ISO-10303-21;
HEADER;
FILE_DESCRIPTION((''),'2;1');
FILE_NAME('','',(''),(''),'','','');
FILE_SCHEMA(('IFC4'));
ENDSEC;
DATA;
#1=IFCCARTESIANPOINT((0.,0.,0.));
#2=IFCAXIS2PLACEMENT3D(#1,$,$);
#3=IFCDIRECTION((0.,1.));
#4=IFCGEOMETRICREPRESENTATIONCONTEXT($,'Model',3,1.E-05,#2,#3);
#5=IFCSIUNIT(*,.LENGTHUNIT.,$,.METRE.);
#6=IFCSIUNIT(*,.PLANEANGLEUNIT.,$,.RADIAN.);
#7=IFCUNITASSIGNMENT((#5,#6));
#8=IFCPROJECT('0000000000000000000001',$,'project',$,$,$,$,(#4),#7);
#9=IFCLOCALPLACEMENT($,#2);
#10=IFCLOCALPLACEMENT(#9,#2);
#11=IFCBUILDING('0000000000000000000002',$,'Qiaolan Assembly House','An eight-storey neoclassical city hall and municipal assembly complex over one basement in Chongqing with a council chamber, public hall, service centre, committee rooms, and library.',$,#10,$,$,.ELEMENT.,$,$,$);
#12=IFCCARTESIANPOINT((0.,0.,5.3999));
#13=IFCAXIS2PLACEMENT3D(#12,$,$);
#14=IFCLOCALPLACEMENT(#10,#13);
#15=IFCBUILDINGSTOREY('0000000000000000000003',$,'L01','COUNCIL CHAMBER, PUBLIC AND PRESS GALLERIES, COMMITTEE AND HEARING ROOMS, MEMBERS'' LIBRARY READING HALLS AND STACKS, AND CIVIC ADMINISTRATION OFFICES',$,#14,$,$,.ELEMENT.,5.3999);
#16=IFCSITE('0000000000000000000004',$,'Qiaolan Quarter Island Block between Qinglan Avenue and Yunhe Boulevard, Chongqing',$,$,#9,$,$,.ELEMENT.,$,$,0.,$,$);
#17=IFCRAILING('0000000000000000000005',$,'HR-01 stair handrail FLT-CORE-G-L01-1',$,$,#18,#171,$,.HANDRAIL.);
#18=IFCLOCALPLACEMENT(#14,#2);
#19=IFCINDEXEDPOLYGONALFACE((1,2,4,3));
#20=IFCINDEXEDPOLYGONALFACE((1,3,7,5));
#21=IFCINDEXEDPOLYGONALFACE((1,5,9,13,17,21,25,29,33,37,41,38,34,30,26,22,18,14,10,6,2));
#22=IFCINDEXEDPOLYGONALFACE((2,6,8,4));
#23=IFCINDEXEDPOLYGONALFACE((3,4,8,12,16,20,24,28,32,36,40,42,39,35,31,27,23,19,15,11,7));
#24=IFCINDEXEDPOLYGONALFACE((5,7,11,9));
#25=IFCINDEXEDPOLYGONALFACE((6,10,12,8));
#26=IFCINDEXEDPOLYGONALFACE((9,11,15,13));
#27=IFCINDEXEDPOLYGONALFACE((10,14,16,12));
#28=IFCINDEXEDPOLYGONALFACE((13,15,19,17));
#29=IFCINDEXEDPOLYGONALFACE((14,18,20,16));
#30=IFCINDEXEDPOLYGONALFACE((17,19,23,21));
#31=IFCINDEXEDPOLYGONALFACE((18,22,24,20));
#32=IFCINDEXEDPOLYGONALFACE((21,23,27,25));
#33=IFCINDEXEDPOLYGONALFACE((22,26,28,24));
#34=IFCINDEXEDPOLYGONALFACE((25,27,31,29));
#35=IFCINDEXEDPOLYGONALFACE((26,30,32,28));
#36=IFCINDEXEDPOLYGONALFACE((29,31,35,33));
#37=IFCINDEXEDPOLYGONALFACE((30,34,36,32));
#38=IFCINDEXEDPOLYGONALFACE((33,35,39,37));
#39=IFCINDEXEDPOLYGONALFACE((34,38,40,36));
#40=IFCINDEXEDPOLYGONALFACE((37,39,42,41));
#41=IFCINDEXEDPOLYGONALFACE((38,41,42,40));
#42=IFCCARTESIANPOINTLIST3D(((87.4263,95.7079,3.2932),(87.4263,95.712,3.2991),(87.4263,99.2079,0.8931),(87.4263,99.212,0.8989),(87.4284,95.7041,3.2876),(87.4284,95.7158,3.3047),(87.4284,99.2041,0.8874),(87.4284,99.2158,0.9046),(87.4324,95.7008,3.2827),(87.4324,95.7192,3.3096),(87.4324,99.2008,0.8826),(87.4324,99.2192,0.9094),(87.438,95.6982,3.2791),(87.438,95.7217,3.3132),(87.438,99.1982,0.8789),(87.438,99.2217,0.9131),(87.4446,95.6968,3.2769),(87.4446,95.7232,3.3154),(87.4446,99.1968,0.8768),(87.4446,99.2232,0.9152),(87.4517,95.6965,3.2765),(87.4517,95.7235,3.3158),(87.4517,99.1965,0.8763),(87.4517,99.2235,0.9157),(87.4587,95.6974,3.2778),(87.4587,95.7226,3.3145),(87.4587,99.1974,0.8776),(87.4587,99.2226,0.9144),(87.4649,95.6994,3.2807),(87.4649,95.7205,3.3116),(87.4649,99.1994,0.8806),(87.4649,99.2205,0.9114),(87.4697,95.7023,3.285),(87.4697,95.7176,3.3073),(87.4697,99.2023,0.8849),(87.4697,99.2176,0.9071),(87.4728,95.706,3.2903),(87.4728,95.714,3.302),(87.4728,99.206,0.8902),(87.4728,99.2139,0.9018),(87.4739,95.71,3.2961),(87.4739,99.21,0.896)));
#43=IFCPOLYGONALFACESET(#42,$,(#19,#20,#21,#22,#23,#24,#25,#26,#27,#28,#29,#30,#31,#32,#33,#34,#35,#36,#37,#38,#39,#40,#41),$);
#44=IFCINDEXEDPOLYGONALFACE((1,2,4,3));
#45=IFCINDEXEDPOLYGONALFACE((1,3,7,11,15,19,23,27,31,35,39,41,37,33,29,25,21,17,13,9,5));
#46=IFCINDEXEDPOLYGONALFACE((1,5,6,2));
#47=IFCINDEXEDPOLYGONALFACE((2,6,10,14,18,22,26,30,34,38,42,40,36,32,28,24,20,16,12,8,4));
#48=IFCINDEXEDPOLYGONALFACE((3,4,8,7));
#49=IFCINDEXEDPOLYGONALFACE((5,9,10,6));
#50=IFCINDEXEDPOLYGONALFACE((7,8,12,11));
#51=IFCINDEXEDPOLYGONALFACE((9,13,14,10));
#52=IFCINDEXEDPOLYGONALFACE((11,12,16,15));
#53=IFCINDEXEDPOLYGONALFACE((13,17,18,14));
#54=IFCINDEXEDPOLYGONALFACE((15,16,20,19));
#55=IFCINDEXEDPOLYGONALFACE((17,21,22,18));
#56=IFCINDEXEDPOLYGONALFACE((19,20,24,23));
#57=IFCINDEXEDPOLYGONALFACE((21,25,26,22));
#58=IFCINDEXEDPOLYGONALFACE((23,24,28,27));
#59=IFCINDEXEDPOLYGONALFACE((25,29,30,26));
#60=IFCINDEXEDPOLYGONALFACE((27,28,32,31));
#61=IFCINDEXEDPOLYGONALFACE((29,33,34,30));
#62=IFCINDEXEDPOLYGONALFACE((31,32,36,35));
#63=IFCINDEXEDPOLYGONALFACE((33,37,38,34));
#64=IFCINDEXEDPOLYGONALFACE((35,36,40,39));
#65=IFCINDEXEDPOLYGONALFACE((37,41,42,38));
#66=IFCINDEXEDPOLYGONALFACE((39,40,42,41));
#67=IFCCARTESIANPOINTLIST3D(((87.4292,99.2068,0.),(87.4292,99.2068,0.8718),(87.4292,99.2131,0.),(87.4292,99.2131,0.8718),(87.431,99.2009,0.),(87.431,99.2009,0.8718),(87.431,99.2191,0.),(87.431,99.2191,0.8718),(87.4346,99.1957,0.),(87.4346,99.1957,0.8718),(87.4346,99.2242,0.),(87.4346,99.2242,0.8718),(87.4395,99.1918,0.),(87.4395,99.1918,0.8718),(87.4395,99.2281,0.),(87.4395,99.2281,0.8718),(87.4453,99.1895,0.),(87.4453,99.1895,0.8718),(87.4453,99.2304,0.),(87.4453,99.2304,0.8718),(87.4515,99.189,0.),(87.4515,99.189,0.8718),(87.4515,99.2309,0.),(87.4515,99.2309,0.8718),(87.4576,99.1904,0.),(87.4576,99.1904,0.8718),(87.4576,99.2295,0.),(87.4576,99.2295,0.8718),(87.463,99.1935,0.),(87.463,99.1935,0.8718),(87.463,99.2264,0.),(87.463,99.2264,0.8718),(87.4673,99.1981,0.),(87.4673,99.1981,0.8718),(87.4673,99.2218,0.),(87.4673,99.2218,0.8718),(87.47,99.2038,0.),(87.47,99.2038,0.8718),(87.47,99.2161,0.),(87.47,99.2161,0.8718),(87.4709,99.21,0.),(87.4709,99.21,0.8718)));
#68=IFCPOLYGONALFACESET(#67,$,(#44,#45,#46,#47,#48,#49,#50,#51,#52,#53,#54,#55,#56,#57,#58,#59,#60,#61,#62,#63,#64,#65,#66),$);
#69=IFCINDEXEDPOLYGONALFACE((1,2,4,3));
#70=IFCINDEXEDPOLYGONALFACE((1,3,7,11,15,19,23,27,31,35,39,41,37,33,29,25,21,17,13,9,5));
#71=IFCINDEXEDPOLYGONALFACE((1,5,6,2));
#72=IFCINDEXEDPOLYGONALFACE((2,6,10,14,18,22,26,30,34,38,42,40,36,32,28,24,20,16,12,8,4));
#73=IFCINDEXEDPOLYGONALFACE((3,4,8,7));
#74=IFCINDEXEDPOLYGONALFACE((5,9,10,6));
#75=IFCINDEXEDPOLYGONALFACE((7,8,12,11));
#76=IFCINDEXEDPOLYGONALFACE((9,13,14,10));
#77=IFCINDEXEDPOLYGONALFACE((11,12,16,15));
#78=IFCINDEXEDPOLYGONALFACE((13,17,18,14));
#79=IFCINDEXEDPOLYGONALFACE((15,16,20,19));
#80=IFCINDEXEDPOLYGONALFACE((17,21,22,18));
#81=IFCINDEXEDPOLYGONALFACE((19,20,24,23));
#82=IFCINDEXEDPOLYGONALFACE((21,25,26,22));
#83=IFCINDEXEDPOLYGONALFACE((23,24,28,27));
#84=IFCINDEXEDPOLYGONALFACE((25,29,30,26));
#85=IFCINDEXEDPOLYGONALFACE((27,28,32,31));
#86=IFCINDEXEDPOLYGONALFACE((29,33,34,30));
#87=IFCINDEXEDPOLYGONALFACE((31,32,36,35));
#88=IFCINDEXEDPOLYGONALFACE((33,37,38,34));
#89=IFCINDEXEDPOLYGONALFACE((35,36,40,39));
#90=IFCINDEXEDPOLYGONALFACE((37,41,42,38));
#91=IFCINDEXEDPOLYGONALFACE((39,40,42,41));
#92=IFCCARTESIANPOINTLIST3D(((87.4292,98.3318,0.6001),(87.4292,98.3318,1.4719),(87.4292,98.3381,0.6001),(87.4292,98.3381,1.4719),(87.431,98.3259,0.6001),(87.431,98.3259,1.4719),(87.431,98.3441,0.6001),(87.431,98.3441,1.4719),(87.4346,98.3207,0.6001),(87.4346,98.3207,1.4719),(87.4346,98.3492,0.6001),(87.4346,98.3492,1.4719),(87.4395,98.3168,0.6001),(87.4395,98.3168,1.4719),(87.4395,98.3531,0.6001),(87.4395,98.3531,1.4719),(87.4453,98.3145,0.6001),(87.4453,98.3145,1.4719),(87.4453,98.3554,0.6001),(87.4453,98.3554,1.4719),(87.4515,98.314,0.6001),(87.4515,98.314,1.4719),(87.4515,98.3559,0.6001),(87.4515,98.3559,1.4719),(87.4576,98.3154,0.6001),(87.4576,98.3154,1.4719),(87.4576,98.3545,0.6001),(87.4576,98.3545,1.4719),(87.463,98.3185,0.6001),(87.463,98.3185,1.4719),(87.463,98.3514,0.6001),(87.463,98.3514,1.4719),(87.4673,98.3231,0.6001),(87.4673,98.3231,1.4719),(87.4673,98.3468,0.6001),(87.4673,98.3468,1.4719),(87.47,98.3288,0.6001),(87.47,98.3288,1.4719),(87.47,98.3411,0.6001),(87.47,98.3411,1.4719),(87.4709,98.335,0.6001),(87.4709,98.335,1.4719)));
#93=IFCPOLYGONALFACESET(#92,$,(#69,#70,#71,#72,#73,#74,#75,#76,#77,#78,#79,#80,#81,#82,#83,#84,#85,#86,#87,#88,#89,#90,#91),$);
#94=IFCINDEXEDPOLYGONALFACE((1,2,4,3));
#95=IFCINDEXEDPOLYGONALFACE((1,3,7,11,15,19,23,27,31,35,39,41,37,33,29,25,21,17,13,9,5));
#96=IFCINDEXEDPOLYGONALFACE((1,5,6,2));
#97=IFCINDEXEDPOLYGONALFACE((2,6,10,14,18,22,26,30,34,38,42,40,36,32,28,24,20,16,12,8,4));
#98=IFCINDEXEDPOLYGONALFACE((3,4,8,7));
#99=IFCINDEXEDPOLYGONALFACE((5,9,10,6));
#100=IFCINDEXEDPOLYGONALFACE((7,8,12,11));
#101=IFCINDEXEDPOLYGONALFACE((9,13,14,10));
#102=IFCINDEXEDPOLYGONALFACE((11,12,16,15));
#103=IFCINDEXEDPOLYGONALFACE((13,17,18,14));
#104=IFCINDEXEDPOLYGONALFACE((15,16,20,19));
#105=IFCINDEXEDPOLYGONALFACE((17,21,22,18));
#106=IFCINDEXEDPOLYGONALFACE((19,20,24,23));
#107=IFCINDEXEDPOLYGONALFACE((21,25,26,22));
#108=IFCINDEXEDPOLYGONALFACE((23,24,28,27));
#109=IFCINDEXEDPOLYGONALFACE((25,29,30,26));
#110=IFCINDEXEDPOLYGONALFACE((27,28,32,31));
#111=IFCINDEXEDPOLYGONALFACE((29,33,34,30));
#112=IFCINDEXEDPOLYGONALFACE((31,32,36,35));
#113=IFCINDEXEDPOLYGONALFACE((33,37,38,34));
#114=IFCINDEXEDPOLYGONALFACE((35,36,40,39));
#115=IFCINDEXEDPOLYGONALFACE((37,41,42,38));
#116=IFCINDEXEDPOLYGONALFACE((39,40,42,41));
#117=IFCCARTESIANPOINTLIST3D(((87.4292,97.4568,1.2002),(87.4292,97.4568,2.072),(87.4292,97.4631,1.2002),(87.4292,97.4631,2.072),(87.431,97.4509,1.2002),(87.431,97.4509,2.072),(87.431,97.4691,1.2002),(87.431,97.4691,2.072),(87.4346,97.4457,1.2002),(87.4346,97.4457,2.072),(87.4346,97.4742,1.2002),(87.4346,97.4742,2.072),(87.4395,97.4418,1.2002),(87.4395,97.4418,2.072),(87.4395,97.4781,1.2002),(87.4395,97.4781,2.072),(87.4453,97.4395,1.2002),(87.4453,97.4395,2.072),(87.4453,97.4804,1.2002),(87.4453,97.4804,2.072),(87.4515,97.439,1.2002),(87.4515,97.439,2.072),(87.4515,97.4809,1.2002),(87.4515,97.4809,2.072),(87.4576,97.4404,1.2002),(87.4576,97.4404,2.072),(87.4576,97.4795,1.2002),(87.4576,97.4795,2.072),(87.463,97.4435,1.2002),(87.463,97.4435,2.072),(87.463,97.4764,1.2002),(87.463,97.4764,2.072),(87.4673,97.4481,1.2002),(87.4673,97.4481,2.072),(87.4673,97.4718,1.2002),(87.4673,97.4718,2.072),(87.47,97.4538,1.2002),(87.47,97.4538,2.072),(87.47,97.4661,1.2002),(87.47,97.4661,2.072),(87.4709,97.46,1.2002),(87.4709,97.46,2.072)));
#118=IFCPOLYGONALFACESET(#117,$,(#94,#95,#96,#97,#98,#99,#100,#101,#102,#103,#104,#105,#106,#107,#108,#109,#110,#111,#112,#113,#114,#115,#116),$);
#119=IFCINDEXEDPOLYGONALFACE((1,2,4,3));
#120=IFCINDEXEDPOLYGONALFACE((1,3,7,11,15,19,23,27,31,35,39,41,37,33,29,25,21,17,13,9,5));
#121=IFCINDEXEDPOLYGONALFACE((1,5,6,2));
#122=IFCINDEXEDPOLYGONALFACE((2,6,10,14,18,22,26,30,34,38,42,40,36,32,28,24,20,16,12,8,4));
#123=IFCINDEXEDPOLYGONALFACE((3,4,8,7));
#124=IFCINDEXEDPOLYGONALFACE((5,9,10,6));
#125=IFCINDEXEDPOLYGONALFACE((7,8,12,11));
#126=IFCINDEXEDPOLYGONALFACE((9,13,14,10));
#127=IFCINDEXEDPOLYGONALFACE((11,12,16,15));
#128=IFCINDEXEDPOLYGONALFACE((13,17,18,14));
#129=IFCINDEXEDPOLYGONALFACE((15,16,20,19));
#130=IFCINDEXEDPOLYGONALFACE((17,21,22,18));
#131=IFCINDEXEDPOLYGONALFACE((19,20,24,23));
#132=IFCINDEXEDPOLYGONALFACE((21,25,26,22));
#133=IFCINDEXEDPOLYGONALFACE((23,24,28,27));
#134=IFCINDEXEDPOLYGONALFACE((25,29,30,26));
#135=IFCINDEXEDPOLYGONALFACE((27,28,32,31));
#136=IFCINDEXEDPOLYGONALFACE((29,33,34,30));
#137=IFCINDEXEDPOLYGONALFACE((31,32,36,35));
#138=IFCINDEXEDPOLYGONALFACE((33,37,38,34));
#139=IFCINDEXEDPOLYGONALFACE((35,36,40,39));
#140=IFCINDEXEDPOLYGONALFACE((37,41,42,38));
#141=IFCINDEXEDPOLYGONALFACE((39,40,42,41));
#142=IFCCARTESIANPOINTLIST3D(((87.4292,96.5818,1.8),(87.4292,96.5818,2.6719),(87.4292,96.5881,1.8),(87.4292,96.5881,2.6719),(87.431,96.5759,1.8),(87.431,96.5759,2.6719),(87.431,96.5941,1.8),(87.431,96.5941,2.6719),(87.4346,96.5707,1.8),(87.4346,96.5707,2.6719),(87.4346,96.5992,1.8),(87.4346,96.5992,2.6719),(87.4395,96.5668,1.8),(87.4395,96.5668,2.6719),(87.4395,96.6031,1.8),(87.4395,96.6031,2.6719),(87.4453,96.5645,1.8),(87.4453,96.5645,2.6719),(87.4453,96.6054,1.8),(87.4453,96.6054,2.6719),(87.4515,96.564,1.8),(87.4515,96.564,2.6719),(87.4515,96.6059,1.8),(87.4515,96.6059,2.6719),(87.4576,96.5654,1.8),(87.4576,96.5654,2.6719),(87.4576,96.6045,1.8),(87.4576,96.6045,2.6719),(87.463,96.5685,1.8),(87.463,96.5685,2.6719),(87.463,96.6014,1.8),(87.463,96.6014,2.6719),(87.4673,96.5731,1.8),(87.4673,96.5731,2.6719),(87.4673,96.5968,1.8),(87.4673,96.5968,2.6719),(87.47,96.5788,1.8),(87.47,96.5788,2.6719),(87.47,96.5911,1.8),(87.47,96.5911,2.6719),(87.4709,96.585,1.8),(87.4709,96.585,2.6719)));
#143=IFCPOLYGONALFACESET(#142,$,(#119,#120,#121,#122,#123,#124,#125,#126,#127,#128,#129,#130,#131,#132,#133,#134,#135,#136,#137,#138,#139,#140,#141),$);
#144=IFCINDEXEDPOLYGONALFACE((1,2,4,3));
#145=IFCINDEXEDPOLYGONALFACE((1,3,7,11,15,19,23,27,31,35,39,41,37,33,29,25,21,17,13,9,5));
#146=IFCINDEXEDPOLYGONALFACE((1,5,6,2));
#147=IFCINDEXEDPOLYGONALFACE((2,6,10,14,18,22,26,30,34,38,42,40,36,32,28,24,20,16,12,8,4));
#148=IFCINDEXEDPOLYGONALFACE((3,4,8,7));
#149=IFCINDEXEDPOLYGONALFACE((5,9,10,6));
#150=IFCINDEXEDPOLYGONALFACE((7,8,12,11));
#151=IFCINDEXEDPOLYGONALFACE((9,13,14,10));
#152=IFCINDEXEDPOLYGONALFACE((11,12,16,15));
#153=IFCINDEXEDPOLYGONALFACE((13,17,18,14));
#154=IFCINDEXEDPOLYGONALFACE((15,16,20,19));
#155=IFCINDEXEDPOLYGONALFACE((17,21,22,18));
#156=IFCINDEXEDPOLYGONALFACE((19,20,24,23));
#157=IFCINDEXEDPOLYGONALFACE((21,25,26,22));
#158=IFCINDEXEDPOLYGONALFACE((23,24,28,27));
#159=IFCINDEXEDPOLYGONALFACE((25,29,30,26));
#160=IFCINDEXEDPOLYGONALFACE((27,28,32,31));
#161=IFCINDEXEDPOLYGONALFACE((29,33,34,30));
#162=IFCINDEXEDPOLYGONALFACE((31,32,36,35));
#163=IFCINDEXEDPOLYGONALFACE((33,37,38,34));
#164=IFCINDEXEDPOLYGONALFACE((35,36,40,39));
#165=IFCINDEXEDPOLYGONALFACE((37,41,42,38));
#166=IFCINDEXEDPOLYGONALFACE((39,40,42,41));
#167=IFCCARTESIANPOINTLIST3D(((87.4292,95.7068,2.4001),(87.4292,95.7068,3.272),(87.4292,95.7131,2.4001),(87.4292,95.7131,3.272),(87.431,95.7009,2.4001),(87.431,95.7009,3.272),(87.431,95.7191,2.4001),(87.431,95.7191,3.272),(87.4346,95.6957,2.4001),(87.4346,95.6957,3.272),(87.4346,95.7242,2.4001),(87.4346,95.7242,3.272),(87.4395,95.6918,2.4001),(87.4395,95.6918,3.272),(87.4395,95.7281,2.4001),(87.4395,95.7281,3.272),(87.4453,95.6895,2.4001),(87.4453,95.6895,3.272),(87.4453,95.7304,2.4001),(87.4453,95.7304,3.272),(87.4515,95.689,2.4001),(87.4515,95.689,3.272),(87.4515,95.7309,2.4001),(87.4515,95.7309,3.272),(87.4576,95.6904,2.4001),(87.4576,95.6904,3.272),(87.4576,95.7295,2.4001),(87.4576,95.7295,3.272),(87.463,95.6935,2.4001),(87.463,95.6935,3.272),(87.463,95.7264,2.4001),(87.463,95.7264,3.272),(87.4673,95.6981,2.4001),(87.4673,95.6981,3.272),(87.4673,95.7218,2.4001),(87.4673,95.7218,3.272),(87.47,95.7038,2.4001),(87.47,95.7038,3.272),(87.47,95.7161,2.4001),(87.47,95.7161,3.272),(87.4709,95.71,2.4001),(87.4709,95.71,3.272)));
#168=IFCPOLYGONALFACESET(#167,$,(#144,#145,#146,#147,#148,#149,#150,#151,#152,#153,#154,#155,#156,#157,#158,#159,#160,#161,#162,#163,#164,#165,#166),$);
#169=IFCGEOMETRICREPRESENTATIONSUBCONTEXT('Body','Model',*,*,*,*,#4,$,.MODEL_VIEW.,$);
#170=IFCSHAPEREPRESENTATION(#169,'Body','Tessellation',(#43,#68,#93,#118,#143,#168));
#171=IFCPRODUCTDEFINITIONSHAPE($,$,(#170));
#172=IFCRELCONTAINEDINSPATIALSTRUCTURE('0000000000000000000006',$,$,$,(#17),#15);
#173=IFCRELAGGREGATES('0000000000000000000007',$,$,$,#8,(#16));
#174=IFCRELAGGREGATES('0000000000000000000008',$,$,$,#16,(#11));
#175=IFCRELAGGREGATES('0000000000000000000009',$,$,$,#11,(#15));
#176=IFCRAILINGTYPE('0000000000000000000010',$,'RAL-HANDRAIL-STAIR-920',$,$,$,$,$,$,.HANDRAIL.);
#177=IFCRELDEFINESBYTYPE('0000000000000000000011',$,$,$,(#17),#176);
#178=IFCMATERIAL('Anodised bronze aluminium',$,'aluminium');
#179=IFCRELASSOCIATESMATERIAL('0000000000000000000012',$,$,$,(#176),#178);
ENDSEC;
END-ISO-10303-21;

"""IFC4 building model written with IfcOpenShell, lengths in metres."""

from ifc_helpers import new_model, si_unit, direction, frame, origin, origin_2d, place, context, subcontext, project, spatial, circle, extrude, material, type_object, element, save


model = new_model("IFC4")

# Units and contexts
model_context = context("Model", 3, precision=1e-05, world=origin(), true_north=direction((0.0, 1.0)))
body_context = subcontext(model_context, "Body", "Model", "MODEL_VIEW")
ifc_project = project(units=[si_unit("LENGTHUNIT", "METRE"), si_unit("PLANEANGLEUNIT", "RADIAN")], contexts=[model_context])

# Site, building, storey
site_placement = place(None, origin())
site = spatial("IfcSite", under=ifc_project, at=site_placement, Name="Qiaolan Quarter Island Block between Qinglan Avenue and Yunhe Boulevard, Chongqing", CompositionType="ELEMENT", RefElevation=0.0)
building_placement = place(site_placement, origin())
building = spatial("IfcBuilding", under=site, at=building_placement, Name="Qiaolan Assembly House", Description="An eight-storey neoclassical city hall and municipal assembly complex over one basement in Chongqing with a council chamber, public hall, service centre, committee rooms, and library.", CompositionType="ELEMENT")
storey_placement = place(building_placement, frame((0.0, 0.0, 5.3999)))
storey = spatial("IfcBuildingStorey", under=building, at=storey_placement, Name="L01", Description="COUNCIL CHAMBER, PUBLIC AND PRESS GALLERIES, COMMITTEE AND HEARING ROOMS, MEMBERS' LIBRARY READING HALLS AND STACKS, AND CIVIC ADMINISTRATION OFFICES", CompositionType="ELEMENT", Elevation=5.3999)

# Railing
ifc_material_1 = material(Name="Anodised bronze aluminium", Category="aluminium")
railing_type = type_object("IfcRailingType", Name="RAL-HANDRAIL-STAIR-920", PredefinedType="HANDRAIL", material=ifc_material_1)
railing_placement = place(storey_placement, frame((87.45, 99.21, 0.0)))
element("IfcRailing", 1, at=railing_placement, inside=storey, type_object=railing_type, Name="HR-01 stair handrail FLT-CORE-G-L01-1", PredefinedType="HANDRAIL", context=body_context, shape_type="SweptSolid", body=[
    extrude(circle(Radius=0.0239, at=origin_2d()), frame((0.0, 0.0, 0.896), z_axis=(0.0, -0.824713, 0.565552), x_axis=(1.0, 0.0, 0.0)), (0.0, 0.0, 1.0), 4.2439),
    extrude(circle(Radius=0.021, at=origin_2d()), origin(), (0.0, 0.0, 1.0), 0.8718),
    extrude(circle(Radius=0.021, at=origin_2d()), frame((0.0, -0.875, 0.6001)), (0.0, 0.0, 1.0), 0.8718),
    extrude(circle(Radius=0.021, at=origin_2d()), frame((0.0, -1.75, 1.2002)), (0.0, 0.0, 1.0), 0.8718),
    extrude(circle(Radius=0.021, at=origin_2d()), frame((0.0, -2.625, 1.8)), (0.0, 0.0, 1.0), 0.8718),
    extrude(circle(Radius=0.021, at=origin_2d()), frame((0.0, -3.5, 2.4001)), (0.0, 0.0, 1.0), 0.8718),
])

save(model, "model.ifc")
